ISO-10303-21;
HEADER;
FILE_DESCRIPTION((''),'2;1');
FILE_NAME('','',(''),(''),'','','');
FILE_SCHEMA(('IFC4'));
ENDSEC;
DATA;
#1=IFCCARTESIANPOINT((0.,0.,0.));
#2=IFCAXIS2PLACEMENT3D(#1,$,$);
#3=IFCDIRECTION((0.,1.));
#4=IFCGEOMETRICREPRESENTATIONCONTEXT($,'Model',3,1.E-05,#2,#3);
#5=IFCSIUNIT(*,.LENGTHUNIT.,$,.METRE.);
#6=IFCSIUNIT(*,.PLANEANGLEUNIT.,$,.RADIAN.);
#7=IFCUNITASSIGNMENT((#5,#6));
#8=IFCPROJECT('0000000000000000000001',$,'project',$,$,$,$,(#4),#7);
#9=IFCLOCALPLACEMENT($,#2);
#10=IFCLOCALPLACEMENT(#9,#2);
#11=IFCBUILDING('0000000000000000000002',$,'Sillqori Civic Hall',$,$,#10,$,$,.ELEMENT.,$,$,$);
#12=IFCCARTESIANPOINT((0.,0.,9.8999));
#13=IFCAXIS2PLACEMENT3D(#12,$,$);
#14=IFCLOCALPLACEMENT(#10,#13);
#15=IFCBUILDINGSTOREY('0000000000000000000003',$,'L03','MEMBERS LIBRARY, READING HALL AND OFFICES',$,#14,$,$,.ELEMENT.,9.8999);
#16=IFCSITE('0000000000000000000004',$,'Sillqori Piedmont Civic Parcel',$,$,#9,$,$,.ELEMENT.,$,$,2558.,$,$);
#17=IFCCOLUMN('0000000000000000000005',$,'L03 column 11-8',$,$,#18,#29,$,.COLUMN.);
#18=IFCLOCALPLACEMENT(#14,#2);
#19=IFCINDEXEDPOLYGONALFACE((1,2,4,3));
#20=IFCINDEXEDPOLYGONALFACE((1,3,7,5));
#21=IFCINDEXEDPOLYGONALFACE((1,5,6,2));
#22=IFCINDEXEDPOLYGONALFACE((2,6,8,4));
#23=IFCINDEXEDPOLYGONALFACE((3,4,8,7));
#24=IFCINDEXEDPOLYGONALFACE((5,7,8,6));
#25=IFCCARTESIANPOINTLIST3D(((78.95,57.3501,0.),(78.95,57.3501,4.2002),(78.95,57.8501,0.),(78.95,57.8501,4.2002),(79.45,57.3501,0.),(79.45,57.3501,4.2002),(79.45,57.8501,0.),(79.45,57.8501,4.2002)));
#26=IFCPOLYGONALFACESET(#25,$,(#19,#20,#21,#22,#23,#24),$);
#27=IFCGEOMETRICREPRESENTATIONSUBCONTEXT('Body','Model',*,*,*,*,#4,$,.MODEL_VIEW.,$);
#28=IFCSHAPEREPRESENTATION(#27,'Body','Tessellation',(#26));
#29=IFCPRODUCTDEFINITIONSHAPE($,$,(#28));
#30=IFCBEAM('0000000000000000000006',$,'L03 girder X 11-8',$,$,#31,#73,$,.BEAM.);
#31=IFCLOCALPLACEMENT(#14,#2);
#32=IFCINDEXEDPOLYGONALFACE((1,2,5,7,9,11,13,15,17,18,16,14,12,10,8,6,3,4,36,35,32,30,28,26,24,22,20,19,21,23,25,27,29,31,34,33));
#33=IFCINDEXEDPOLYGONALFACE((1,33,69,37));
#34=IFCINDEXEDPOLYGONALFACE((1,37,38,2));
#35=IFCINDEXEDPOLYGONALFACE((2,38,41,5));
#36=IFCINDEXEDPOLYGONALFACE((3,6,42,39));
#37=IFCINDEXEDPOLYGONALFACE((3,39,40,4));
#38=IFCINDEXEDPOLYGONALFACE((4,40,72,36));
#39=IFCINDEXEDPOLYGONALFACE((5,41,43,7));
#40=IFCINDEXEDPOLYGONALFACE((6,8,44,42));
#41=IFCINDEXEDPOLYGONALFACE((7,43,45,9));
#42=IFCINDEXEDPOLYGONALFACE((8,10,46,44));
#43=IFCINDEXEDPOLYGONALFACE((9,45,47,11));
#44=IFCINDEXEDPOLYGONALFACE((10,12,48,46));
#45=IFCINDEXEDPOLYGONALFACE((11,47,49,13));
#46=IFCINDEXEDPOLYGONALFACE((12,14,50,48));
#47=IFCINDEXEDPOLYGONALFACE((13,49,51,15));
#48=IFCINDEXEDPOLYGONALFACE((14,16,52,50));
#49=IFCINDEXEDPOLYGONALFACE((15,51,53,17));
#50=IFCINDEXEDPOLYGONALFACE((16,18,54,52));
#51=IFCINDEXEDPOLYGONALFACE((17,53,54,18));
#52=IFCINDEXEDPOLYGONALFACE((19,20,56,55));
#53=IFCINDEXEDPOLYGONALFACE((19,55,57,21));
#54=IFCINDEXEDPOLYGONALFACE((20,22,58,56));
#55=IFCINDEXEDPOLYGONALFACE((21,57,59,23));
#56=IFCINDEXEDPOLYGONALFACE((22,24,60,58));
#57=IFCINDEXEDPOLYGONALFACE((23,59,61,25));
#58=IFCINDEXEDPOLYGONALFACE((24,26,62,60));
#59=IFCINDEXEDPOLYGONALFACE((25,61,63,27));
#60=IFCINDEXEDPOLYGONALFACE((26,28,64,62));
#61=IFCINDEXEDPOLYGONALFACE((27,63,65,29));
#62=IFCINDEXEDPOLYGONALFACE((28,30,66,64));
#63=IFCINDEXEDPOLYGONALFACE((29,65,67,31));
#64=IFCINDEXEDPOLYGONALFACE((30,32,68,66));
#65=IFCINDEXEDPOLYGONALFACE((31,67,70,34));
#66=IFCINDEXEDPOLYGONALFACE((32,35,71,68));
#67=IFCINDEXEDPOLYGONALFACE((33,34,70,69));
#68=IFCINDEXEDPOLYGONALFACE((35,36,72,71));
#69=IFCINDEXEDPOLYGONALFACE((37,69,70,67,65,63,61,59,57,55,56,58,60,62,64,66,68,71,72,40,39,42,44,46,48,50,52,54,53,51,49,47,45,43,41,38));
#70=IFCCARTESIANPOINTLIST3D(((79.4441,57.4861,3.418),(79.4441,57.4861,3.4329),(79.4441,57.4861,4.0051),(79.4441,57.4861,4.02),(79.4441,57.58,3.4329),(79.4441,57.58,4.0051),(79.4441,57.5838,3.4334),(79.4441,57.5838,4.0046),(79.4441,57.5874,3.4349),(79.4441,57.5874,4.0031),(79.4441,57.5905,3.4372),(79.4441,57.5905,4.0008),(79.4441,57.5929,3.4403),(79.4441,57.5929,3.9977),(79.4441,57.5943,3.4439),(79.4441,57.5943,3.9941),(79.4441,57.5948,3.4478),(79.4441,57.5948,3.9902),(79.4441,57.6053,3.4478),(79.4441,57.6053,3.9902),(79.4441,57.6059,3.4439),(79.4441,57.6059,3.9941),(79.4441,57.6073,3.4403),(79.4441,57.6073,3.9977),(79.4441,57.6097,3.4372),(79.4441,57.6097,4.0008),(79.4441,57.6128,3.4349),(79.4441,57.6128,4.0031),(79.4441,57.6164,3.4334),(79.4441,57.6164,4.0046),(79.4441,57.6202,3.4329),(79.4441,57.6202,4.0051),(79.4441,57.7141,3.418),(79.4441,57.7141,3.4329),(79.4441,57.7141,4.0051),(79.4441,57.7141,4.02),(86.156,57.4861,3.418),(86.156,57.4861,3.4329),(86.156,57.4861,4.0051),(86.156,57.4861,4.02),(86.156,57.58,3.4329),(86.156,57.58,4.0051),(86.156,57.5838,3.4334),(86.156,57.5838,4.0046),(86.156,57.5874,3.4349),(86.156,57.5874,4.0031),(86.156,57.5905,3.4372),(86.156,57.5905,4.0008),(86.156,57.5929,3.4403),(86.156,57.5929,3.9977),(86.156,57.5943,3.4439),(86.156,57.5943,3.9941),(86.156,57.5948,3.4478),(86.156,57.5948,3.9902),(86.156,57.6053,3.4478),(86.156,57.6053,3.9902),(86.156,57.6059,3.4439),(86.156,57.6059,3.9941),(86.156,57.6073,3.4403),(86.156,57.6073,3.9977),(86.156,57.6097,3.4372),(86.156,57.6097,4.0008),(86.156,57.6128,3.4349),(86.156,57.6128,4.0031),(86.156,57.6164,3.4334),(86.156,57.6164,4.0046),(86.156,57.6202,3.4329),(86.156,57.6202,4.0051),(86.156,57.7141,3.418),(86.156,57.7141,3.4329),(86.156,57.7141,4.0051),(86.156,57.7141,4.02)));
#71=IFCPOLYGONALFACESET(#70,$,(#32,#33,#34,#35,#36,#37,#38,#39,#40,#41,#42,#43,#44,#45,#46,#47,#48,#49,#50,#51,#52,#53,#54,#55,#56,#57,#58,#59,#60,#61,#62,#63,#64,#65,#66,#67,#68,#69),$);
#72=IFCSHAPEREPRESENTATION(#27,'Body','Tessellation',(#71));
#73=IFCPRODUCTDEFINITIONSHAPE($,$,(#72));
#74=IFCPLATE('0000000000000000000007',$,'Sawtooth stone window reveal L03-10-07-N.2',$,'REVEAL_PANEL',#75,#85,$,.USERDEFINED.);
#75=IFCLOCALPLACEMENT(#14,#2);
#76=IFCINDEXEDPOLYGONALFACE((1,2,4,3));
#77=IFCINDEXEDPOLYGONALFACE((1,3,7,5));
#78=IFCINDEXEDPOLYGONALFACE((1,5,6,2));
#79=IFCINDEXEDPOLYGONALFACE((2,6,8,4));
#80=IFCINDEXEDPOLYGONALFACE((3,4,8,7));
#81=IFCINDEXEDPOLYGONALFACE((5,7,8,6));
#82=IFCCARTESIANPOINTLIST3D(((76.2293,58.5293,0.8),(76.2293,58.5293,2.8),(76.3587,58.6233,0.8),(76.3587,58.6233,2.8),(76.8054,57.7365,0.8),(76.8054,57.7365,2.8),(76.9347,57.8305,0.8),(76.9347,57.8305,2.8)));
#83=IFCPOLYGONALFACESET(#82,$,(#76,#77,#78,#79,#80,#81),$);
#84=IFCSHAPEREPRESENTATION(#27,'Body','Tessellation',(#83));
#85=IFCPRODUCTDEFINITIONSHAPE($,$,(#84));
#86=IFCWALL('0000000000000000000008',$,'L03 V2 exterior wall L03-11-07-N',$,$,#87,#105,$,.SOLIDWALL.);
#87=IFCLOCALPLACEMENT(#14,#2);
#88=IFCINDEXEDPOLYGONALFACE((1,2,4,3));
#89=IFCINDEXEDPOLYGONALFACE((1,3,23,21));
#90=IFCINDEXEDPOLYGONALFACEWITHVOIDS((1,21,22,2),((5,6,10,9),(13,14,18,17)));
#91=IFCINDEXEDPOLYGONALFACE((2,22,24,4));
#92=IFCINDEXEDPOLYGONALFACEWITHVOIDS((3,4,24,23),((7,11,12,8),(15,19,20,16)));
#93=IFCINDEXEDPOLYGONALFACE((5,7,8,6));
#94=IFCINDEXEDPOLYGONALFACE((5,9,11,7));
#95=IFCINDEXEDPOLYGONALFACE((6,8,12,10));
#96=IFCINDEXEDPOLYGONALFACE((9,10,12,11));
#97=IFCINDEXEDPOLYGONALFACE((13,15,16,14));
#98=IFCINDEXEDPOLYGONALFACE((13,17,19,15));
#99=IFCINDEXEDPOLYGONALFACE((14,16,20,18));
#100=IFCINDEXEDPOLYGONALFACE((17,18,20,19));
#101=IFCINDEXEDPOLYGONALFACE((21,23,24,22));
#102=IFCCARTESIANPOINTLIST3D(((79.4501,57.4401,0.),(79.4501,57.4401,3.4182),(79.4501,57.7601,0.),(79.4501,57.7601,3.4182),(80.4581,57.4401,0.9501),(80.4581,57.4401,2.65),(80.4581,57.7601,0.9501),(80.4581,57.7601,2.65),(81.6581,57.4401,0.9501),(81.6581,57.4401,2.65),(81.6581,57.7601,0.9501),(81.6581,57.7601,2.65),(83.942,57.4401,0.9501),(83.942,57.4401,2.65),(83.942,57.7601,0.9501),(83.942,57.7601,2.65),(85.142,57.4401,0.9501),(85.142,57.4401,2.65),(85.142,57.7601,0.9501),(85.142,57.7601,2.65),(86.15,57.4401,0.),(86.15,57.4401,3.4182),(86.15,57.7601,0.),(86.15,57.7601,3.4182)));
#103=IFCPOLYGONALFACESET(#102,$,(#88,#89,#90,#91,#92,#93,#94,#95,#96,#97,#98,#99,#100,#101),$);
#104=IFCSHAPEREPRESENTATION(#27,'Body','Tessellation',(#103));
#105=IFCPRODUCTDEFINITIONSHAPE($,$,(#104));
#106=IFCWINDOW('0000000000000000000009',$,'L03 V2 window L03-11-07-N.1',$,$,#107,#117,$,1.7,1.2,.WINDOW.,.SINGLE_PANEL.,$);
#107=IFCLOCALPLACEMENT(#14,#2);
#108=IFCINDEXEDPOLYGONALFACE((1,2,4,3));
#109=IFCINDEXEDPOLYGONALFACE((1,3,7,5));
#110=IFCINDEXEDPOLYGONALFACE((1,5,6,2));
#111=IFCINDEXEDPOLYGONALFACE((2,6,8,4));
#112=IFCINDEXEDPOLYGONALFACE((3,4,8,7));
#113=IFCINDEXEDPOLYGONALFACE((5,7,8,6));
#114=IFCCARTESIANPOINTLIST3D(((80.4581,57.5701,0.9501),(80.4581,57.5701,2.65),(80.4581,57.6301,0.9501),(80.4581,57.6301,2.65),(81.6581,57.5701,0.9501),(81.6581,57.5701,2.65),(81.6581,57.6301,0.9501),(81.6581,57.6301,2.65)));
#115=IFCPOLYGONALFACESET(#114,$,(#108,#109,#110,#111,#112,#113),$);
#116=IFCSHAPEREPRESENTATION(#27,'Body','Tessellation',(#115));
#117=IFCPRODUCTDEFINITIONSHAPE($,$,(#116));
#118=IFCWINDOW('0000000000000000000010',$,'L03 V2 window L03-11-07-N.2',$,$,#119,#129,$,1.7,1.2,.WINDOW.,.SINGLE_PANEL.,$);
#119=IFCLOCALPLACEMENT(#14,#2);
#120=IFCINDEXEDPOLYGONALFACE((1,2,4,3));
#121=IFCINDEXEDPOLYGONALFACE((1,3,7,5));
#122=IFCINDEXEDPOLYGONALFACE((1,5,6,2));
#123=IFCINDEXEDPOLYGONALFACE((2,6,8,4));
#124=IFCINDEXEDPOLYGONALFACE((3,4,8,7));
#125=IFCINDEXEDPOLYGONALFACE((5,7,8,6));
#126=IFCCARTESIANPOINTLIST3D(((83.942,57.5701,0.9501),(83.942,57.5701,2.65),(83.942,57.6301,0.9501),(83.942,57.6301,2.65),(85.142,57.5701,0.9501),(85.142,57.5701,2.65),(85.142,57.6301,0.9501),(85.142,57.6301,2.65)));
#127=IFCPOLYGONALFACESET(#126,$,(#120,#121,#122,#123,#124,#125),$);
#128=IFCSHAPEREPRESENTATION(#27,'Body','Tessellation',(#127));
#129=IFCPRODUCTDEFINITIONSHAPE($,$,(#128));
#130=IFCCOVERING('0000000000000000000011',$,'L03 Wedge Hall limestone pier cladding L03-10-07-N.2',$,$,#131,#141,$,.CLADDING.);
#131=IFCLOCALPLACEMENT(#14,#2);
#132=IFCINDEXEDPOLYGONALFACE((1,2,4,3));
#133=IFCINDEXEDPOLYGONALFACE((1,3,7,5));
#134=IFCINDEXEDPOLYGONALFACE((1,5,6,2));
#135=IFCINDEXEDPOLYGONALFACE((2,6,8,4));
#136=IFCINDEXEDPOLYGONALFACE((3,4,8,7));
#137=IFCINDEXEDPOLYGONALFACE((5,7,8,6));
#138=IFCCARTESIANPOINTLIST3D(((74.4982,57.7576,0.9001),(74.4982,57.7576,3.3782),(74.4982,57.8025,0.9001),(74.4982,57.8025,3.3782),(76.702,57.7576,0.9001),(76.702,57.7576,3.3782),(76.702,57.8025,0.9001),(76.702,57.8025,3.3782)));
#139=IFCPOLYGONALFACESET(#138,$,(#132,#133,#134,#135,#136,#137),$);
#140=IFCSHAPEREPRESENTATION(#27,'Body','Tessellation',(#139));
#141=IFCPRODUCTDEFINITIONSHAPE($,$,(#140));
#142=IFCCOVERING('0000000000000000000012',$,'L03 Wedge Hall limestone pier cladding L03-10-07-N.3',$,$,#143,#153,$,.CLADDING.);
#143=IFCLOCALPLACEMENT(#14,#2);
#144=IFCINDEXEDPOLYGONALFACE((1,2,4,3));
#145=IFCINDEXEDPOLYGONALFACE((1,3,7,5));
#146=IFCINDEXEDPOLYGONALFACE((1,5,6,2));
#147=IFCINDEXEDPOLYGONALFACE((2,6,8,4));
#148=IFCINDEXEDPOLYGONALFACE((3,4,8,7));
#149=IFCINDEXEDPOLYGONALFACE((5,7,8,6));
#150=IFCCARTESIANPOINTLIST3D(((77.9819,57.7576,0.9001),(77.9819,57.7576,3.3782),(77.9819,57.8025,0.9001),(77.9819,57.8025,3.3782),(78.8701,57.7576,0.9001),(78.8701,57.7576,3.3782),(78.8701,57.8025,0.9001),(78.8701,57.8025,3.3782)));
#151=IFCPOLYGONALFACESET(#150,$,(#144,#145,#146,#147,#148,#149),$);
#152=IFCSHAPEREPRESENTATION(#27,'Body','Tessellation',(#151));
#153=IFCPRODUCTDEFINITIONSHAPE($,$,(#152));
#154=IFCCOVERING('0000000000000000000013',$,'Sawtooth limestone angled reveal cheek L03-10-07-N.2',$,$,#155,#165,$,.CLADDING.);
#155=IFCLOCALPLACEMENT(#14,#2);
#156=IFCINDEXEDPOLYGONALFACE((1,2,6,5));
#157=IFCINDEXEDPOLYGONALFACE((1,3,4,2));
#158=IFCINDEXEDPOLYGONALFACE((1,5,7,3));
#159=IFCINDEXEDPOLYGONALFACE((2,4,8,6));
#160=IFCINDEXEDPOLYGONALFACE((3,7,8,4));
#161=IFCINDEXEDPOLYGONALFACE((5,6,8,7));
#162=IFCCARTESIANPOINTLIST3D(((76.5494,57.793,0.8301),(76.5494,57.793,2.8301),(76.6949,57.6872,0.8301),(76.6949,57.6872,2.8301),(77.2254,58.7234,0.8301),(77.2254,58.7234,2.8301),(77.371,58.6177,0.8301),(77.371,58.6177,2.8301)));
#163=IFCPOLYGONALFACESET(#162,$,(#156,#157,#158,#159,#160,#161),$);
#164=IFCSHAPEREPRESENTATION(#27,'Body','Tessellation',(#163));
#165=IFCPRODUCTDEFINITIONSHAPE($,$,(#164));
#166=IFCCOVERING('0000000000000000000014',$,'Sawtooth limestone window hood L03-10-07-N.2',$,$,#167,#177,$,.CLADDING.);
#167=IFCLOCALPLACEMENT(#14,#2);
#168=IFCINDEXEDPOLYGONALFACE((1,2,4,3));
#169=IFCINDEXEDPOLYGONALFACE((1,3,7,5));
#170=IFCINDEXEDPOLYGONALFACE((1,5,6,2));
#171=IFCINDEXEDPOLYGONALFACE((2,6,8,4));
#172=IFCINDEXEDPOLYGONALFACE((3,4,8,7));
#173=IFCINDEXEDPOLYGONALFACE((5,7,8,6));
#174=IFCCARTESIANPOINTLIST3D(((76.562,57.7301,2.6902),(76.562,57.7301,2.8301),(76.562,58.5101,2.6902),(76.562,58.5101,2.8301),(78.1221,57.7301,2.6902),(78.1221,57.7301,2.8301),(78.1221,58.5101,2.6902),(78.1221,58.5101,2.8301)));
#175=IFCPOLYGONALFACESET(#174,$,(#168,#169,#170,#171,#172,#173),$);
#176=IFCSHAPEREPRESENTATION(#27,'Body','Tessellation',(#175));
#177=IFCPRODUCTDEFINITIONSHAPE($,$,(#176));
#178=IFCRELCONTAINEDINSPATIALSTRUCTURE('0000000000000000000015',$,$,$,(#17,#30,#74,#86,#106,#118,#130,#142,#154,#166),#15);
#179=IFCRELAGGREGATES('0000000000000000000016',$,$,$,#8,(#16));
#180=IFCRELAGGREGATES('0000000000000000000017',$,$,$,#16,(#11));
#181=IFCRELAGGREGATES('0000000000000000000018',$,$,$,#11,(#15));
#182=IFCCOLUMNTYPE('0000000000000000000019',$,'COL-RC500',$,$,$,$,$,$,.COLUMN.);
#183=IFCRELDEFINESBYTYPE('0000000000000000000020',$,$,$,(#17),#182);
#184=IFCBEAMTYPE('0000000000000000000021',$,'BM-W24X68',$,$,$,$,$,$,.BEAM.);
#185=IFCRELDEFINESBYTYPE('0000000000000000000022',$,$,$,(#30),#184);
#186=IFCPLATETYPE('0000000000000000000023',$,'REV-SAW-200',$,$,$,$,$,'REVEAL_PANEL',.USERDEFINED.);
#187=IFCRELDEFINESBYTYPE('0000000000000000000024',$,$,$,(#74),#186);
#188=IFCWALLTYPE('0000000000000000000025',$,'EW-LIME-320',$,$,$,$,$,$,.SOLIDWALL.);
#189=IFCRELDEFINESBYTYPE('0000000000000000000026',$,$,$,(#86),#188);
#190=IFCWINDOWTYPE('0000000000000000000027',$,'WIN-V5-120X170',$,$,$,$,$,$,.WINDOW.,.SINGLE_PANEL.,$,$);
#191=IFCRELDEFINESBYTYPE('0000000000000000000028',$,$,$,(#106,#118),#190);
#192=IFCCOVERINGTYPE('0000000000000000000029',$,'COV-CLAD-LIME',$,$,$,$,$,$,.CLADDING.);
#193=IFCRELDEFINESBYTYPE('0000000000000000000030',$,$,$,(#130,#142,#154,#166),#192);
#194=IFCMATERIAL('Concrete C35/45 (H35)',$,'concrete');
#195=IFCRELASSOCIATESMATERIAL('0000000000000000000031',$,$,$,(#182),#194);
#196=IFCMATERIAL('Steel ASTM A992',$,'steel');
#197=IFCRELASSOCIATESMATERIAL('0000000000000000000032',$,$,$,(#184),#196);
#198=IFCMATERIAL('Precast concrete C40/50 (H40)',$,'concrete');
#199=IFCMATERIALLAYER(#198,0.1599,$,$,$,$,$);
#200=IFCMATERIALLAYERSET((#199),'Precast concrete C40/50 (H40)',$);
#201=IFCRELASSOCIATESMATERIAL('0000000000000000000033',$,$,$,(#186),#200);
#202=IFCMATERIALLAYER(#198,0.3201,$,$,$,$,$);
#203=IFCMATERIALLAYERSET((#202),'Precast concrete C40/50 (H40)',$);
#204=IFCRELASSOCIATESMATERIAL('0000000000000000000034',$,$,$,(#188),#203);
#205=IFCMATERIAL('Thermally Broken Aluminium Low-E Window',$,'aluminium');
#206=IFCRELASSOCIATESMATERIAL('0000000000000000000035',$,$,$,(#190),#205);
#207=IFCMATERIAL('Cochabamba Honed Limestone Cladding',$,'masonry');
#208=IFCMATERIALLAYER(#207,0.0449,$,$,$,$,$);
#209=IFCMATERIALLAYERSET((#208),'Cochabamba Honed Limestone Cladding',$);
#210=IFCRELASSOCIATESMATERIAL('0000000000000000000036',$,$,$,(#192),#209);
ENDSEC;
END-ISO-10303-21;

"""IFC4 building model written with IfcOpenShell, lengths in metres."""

from ifc_helpers import new_model, si_unit, direction, frame, frame_2d, origin, origin_2d, place, context, subcontext, project, spatial, rectangle, i_section, extrude, material, layer, layer_set, material_profile, profile_set, type_object, element, fill, save


model = new_model("IFC4")

# Units and contexts
model_context = context("Model", 3, precision=1e-05, world=origin(), true_north=direction((0.0, 1.0)))
body_context = subcontext(model_context, "Body", "Model", "MODEL_VIEW")
ifc_project = project(units=[si_unit("LENGTHUNIT", "METRE"), si_unit("PLANEANGLEUNIT", "RADIAN")], contexts=[model_context])

# Site, building, storey
site_placement = place(None, origin())
site = spatial("IfcSite", under=ifc_project, at=site_placement, Name="Sillqori Piedmont Civic Parcel", CompositionType="ELEMENT", RefElevation=2558.0)
building_placement = place(site_placement, origin())
building = spatial("IfcBuilding", under=site, at=building_placement, Name="Sillqori Civic Hall", CompositionType="ELEMENT")
storey_placement = place(building_placement, frame((0.0, 0.0, 9.8999)))
storey = spatial("IfcBuildingStorey", under=building, at=storey_placement, Name="L03", Description="MEMBERS LIBRARY, READING HALL AND OFFICES", CompositionType="ELEMENT", Elevation=9.8999)

# Column
ifc_material_1 = material(Name="Concrete C35/45 (H35)", Category="concrete")
ifc_material_profile_1 = material_profile(ifc_material_1, rectangle(XDim=0.5, YDim=0.5, at=origin_2d()), Name="RC 500x500")
ifc_profile_set_1 = profile_set([ifc_material_profile_1], Name="Concrete C35/45 (H35)")
column_type = type_object("IfcColumnType", Name="COL-RC500", PredefinedType="COLUMN", material=ifc_profile_set_1)
column_placement = place(storey_placement, frame((79.2, 57.6001, 0.0), z_axis=(0.0, 0.0, 1.0), x_axis=(1.0, 0.0, 0.0)))
element("IfcColumn", 1, at=column_placement, inside=storey, type_object=column_type, Name="L03 column 11-8", PredefinedType="COLUMN", context=body_context, shape_type="SweptSolid", body=[
    extrude(rectangle(XDim=0.5, YDim=0.5, at=origin_2d()), origin(), (0.0, 0.0, 1.0), 4.2002),
])

# Beam
ifc_material_2 = material(Name="Steel ASTM A992", Category="steel")
ifc_material_profile_2 = material_profile(ifc_material_2, i_section(OverallWidth=0.228, OverallDepth=0.6021, WebThickness=0.0105, FlangeThickness=0.0149, FilletRadius=0.0149, at=origin_2d()), Name="W24X68")
ifc_profile_set_2 = profile_set([ifc_material_profile_2], Name="Steel ASTM A992")
beam_type = type_object("IfcBeamType", Name="BM-W24X68", PredefinedType="BEAM", material=ifc_profile_set_2)
beam_placement = place(storey_placement, frame((79.4441, 57.6001, 3.719), z_axis=(1.0, 0.0, 0.0), x_axis=(0.0, 1.0, 0.0)))
element("IfcBeam", 2, at=beam_placement, inside=storey, type_object=beam_type, Name="L03 girder X 11-8", PredefinedType="BEAM", context=body_context, shape_type="SweptSolid", body=[
    extrude(i_section(OverallWidth=0.228, OverallDepth=0.6021, WebThickness=0.0105, FlangeThickness=0.0149, FilletRadius=0.0149, at=origin_2d()), origin(), (0.0, 0.0, 1.0), 6.7119),
])

# Plate
ifc_material_3 = material(Name="Precast concrete C40/50 (H40)", Category="concrete")
ifc_layer_1 = layer(ifc_material_3, 0.1599)
ifc_layer_set_1 = layer_set([ifc_layer_1], Name="Precast concrete C40/50 (H40)")
plate_type = type_object("IfcPlateType", Name="REV-SAW-200", ElementType="REVEAL_PANEL", PredefinedType="USERDEFINED", material=ifc_layer_set_1)
plate_placement = place(storey_placement, frame((76.582, 58.1799, 0.8), z_axis=(0.0, 0.0, 1.0), x_axis=(0.809017, 0.587785, 0.0)))
element("IfcPlate", 3, at=plate_placement, inside=storey, type_object=plate_type, Name="Sawtooth stone window reveal L03-10-07-N.2", ObjectType="REVEAL_PANEL", PredefinedType="USERDEFINED", context=body_context, shape_type="SweptSolid", body=[
    extrude(rectangle(XDim=0.1599, YDim=0.98, at=origin_2d()), origin(), (0.0, 0.0, 1.0), 2.0),
])

# Wall, openings, windows
ifc_layer_2 = layer(ifc_material_3, 0.3201)
ifc_layer_set_2 = layer_set([ifc_layer_2], Name="Precast concrete C40/50 (H40)")
wall_type = type_object("IfcWallType", Name="EW-LIME-320", PredefinedType="SOLIDWALL", material=ifc_layer_set_2)
wall_placement = place(storey_placement, frame((79.45, 57.6001, 0.0), z_axis=(0.0, 0.0, 1.0), x_axis=(1.0, 0.0, 0.0)))
wall = element("IfcWall", 4, at=wall_placement, inside=storey, type_object=wall_type, Name="L03 V2 exterior wall L03-11-07-N", PredefinedType="SOLIDWALL", context=body_context, shape_type="SweptSolid", body=[
    extrude(rectangle(XDim=6.7, YDim=0.3201, at=frame_2d((3.3501, 0.0))), origin(), (0.0, 0.0, 1.0), 3.4182),
])
opening_1_placement = place(wall_placement, frame((1.0081, 0.0, 0.95)))
opening_1 = element("IfcOpeningElement", 5, at=opening_1_placement, cuts=wall, PredefinedType="OPENING", context=body_context, shape_type="SweptSolid", body=[
    extrude(rectangle(XDim=1.2, YDim=1.7, at=frame_2d((0.6001, 0.8501))), frame((0.0, 0.1699, 0.0), z_axis=(0.0, -1.0, 0.0), x_axis=(1.0, 0.0, 0.0)), (0.0, 0.0, 1.0), 0.3401),
])
opening_2_placement = place(wall_placement, frame((4.4919, 0.0, 0.95)))
opening_2 = element("IfcOpeningElement", 6, at=opening_2_placement, cuts=wall, PredefinedType="OPENING", context=body_context, shape_type="SweptSolid", body=[
    extrude(rectangle(XDim=1.2, YDim=1.7, at=frame_2d((0.6001, 0.8501))), frame((0.0, 0.1699, 0.0), z_axis=(0.0, -1.0, 0.0), x_axis=(1.0, 0.0, 0.0)), (0.0, 0.0, 1.0), 0.3401),
])
ifc_material_4 = material(Name="Thermally Broken Aluminium Low-E Window", Category="aluminium")
window_type = type_object("IfcWindowType", Name="WIN-V5-120X170", PartitioningType="SINGLE_PANEL", PredefinedType="WINDOW", material=ifc_material_4)
window_1_placement = place(opening_1_placement, origin())
window_1 = element("IfcWindow", 7, at=window_1_placement, inside=storey, type_object=window_type, Name="L03 V2 window L03-11-07-N.1", OverallHeight=1.7, OverallWidth=1.2, PartitioningType="SINGLE_PANEL", PredefinedType="WINDOW", context=body_context, shape_type="SweptSolid", body=[
    extrude(rectangle(XDim=1.2, YDim=1.7, at=frame_2d((0.6001, 0.8501))), frame((0.0, 0.03, 0.0), z_axis=(0.0, -1.0, 0.0), x_axis=(1.0, 0.0, 0.0)), (0.0, 0.0, 1.0), 0.0601),
])
fill(opening_1, window_1)
window_2_placement = place(opening_2_placement, origin())
window_2 = element("IfcWindow", 8, at=window_2_placement, inside=storey, type_object=window_type, Name="L03 V2 window L03-11-07-N.2", OverallHeight=1.7, OverallWidth=1.2, PartitioningType="SINGLE_PANEL", PredefinedType="WINDOW", context=body_context, shape_type="SweptSolid", body=[
    extrude(rectangle(XDim=1.2, YDim=1.7, at=frame_2d((0.6001, 0.8501))), frame((0.0, 0.03, 0.0), z_axis=(0.0, -1.0, 0.0), x_axis=(1.0, 0.0, 0.0)), (0.0, 0.0, 1.0), 0.0601),
])
fill(opening_2, window_2)

# Coverings
ifc_material_5 = material(Name="Cochabamba Honed Limestone Cladding", Category="masonry")
ifc_layer_3 = layer(ifc_material_5, 0.0449)
ifc_layer_set_3 = layer_set([ifc_layer_3], Name="Cochabamba Honed Limestone Cladding")
covering_type = type_object("IfcCoveringType", Name="COV-CLAD-LIME", PredefinedType="CLADDING", material=ifc_layer_set_3)
covering_1_placement = place(storey_placement, frame((74.498, 57.78, 0.9001), z_axis=(0.0, 0.0, 1.0), x_axis=(1.0, 0.0, 0.0)))
element("IfcCovering", 9, at=covering_1_placement, inside=storey, type_object=covering_type, Name="L03 Wedge Hall limestone pier cladding L03-10-07-N.2", PredefinedType="CLADDING", context=body_context, shape_type="SweptSolid", body=[
    extrude(rectangle(XDim=2.2039, YDim=0.0449, at=frame_2d((1.1021, 0.0))), origin(), (0.0, 0.0, 1.0), 2.478),
])
covering_2_placement = place(storey_placement, frame((77.9819, 57.78, 0.9001), z_axis=(0.0, 0.0, 1.0), x_axis=(1.0, 0.0, 0.0)))
element("IfcCovering", 10, at=covering_2_placement, inside=storey, type_object=covering_type, Name="L03 Wedge Hall limestone pier cladding L03-10-07-N.3", PredefinedType="CLADDING", context=body_context, shape_type="SweptSolid", body=[
    extrude(rectangle(XDim=0.8882, YDim=0.0449, at=frame_2d((0.4441, 0.0))), origin(), (0.0, 0.0, 1.0), 2.478),
])
covering_3_placement = place(storey_placement, frame((76.6221, 57.74, 0.8301), z_axis=(0.0, 0.0, 1.0), x_axis=(0.587806, 0.809002, 0.0)))
element("IfcCovering", 11, at=covering_3_placement, inside=storey, type_object=covering_type, Name="Sawtooth limestone angled reveal cheek L03-10-07-N.2", PredefinedType="CLADDING", context=body_context, shape_type="SweptSolid", body=[
    extrude(rectangle(XDim=1.1501, YDim=0.1799, at=frame_2d((0.5752, 0.0))), origin(), (0.0, 0.0, 1.0), 2.0),
])
covering_4_placement = place(storey_placement, frame((76.562, 58.1201, 2.6902), z_axis=(0.0, 0.0, 1.0), x_axis=(1.0, 0.0, 0.0)))
element("IfcCovering", 12, at=covering_4_placement, inside=storey, type_object=covering_type, Name="Sawtooth limestone window hood L03-10-07-N.2", PredefinedType="CLADDING", context=body_context, shape_type="SweptSolid", body=[
    extrude(rectangle(XDim=1.5601, YDim=0.78, at=frame_2d((0.78, 0.0))), origin(), (0.0, 0.0, 1.0), 0.1399),
])

save(model, "model.ifc")
